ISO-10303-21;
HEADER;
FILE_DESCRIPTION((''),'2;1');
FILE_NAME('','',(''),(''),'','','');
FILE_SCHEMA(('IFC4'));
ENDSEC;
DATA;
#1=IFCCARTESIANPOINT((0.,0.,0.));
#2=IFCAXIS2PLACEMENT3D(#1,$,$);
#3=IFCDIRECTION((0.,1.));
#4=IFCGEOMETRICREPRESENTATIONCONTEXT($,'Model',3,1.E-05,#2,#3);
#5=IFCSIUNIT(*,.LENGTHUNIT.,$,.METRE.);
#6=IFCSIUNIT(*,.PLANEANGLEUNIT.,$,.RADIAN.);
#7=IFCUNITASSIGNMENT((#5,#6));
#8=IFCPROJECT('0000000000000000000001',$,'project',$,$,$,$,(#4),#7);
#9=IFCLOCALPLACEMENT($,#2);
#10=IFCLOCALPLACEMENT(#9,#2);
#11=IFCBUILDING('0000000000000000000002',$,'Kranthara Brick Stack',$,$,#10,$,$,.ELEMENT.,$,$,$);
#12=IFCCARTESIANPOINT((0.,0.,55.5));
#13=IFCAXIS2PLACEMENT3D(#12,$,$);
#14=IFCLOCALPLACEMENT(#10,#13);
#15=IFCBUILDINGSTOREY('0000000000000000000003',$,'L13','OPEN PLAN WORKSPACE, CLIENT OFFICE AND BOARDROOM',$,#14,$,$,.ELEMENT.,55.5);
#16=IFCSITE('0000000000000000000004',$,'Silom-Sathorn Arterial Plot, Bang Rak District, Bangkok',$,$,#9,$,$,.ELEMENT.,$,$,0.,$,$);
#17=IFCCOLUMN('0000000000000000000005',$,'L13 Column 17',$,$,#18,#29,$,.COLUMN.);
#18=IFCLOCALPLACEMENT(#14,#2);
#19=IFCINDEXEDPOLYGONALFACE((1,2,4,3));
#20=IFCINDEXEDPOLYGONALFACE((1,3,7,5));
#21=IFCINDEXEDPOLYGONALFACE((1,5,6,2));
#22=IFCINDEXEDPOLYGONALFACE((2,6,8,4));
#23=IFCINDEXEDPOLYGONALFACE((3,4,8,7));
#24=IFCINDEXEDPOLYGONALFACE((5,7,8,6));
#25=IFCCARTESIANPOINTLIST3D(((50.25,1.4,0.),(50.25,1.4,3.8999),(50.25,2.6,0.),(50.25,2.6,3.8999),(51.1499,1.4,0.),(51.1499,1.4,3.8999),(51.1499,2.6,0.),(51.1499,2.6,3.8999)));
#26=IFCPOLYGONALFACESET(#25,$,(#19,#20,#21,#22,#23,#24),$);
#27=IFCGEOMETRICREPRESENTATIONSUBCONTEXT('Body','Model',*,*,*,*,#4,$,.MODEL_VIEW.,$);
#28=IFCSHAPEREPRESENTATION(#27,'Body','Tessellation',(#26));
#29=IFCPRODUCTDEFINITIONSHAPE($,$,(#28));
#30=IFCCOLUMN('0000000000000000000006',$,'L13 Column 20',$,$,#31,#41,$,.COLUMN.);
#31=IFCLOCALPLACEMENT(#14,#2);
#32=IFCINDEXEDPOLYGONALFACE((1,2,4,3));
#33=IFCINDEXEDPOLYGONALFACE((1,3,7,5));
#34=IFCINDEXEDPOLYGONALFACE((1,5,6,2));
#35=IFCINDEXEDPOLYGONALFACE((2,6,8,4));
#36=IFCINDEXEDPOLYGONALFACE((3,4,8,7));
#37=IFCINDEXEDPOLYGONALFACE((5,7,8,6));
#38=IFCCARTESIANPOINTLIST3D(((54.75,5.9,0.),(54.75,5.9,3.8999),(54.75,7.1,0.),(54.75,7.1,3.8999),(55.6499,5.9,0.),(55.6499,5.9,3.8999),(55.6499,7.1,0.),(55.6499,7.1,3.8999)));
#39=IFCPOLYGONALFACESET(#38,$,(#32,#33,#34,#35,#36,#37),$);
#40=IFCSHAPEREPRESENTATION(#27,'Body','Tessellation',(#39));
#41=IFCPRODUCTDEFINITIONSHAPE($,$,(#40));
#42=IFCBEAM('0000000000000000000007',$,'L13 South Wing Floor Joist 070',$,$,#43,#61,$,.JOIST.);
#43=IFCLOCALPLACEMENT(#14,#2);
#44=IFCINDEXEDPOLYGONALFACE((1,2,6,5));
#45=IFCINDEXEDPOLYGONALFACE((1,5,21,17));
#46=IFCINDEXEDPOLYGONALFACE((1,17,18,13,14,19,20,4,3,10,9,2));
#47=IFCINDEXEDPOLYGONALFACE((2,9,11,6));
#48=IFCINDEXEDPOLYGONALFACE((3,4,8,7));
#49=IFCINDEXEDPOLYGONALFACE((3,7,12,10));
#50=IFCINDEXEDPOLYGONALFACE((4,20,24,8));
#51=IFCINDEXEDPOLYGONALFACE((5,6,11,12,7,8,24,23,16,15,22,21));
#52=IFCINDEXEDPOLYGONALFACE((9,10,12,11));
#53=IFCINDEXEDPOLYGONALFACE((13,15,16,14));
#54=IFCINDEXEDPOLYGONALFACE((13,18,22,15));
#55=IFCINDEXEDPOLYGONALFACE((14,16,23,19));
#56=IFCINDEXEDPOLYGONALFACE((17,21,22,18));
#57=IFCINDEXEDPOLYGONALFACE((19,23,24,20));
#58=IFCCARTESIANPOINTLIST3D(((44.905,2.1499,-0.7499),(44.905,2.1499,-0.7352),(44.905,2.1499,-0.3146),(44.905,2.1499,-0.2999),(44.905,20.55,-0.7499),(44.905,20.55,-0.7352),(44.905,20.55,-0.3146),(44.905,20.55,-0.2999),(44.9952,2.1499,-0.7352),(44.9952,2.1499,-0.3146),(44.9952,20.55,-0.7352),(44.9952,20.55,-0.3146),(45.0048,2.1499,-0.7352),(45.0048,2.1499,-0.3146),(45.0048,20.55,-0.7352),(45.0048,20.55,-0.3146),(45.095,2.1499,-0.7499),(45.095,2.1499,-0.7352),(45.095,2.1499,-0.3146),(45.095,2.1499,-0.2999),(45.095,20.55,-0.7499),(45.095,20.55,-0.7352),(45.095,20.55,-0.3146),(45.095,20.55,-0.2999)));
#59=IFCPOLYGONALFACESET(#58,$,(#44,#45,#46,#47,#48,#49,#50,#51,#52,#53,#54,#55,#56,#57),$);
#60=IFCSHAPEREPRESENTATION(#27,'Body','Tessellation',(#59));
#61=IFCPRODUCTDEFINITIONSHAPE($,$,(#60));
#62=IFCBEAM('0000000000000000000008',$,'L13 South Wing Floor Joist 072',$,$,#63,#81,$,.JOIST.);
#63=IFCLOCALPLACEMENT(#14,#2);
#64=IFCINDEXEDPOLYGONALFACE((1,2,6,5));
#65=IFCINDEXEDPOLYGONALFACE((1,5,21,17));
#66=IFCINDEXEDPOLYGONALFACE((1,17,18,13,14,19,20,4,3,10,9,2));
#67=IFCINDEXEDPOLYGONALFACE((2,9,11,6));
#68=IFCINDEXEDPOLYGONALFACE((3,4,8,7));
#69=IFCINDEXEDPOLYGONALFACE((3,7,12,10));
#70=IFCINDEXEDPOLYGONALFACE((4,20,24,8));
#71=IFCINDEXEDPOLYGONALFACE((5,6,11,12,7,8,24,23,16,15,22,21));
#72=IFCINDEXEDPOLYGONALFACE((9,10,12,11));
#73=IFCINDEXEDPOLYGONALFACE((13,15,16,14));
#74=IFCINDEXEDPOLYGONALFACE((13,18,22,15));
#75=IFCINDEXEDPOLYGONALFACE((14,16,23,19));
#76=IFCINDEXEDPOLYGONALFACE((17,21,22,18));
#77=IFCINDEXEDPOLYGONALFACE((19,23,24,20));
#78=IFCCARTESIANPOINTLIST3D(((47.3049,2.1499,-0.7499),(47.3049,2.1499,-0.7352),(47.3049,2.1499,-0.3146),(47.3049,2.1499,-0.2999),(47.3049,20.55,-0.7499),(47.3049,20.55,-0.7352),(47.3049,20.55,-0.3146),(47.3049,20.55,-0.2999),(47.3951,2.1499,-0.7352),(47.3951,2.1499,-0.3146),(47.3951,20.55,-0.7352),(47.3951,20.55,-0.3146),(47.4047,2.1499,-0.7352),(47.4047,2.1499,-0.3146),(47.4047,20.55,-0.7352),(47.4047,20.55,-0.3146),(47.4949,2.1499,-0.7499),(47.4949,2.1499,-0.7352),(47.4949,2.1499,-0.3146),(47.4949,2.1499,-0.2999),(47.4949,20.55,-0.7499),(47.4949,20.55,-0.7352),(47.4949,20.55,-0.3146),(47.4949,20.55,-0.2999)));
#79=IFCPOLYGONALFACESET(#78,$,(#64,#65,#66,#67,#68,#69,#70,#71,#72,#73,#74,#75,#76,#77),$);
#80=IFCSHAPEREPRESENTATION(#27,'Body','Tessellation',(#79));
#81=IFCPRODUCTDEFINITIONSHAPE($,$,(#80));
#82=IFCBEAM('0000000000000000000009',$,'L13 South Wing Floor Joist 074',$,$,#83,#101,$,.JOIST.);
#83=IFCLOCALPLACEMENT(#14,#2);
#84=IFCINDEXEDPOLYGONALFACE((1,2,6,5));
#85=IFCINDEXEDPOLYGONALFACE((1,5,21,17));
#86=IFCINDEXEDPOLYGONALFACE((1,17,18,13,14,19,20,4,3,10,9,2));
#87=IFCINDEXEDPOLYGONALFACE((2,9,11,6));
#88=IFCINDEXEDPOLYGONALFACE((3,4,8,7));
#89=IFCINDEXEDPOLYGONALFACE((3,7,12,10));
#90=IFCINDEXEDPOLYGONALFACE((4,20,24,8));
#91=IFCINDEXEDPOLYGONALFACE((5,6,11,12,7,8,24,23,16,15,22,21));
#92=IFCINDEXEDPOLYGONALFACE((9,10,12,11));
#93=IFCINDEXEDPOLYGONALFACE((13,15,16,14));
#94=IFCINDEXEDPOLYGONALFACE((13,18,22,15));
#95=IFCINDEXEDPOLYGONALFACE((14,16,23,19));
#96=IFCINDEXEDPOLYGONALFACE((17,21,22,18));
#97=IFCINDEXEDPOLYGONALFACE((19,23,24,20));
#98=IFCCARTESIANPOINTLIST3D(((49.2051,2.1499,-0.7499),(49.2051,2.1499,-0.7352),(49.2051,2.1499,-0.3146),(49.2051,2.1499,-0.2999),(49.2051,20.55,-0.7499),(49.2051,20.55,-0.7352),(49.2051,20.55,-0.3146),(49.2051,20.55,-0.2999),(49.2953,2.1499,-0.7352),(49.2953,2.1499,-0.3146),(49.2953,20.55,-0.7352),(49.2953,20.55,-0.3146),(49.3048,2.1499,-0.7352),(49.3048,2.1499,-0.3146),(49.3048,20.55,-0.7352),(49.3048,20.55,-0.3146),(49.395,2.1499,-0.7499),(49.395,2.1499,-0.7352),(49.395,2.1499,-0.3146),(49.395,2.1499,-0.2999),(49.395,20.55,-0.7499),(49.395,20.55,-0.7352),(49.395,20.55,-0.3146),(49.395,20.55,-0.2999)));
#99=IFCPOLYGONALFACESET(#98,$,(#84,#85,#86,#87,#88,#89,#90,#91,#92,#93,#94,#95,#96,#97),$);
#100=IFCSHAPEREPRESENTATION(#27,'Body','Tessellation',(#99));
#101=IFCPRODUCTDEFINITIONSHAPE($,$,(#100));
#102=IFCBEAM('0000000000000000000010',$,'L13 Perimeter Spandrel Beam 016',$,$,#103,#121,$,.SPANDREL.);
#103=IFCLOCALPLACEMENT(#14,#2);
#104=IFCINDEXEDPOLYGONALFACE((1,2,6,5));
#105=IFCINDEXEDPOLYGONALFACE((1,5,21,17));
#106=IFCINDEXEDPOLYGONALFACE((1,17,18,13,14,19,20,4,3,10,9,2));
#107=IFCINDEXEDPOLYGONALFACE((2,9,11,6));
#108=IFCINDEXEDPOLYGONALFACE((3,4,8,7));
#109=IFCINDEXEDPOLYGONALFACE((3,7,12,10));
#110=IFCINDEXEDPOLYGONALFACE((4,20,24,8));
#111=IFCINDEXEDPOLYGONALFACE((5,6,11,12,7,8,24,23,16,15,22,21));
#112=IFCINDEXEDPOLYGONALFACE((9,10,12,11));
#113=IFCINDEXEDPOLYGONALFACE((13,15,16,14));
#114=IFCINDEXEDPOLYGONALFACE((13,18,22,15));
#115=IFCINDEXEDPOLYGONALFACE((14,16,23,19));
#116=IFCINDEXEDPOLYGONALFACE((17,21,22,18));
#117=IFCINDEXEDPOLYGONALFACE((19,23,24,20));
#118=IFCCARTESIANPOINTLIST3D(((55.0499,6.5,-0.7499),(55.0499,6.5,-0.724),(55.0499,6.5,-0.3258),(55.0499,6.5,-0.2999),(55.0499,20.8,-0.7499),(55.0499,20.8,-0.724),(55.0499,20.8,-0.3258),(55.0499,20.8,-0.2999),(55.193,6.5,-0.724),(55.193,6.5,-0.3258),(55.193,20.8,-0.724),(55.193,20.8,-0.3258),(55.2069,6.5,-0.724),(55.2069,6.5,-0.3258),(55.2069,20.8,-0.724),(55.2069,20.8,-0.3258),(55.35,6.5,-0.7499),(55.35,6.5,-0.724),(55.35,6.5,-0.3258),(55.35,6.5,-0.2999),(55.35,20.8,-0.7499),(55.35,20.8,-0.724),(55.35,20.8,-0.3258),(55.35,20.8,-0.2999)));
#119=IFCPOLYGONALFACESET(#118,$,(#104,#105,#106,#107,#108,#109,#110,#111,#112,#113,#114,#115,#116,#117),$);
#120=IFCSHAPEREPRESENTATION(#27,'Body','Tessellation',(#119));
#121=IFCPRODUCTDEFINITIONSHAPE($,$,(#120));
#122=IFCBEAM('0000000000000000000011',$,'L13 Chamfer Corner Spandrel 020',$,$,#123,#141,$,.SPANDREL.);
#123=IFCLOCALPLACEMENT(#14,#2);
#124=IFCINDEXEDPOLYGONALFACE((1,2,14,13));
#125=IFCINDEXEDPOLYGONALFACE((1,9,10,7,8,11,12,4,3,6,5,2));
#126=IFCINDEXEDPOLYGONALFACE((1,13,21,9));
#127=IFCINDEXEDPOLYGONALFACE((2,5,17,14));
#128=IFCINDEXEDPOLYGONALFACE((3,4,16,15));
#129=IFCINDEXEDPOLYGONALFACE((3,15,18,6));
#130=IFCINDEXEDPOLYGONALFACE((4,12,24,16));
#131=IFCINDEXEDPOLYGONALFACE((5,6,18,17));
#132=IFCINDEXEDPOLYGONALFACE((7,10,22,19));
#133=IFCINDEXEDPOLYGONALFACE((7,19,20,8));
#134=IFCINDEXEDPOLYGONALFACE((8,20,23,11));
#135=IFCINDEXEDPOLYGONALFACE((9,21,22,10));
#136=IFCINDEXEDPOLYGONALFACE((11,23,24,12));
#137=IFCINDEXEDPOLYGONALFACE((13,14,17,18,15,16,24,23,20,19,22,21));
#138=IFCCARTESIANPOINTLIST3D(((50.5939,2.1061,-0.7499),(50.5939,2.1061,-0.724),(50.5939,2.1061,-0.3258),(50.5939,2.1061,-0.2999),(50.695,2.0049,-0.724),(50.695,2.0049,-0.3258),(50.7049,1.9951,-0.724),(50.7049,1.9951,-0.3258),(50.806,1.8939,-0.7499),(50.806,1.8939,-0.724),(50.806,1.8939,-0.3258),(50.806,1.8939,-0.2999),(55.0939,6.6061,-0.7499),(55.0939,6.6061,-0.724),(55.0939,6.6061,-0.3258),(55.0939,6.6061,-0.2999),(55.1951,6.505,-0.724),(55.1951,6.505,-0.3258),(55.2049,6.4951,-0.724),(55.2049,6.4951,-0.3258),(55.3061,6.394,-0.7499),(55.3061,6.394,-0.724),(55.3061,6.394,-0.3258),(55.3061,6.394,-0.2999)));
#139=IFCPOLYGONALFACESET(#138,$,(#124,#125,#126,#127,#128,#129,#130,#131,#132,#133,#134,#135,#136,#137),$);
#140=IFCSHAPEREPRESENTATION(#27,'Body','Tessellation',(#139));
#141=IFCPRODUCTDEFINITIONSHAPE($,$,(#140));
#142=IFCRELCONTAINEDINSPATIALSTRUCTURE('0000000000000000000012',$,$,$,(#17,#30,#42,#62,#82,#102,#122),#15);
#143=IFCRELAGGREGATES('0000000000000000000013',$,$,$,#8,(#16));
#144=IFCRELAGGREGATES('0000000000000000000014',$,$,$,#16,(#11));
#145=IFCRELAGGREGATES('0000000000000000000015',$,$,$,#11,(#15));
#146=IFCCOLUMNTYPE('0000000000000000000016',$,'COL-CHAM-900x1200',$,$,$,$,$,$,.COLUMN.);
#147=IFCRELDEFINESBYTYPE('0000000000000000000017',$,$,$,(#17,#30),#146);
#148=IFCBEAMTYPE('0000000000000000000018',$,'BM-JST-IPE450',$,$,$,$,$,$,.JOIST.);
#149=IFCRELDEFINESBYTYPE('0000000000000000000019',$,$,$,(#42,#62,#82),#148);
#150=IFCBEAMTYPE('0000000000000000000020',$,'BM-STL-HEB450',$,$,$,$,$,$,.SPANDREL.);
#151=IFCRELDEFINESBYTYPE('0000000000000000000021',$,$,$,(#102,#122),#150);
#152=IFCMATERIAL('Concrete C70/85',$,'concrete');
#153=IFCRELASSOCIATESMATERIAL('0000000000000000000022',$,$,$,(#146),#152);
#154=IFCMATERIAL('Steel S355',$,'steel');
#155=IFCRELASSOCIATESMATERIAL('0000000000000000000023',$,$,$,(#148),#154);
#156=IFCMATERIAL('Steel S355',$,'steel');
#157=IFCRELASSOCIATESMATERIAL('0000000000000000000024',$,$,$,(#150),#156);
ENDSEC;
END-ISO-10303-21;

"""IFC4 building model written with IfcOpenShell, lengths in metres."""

from ifc_helpers import new_model, si_unit, direction, frame, origin, origin_2d, place, context, subcontext, project, spatial, rectangle, i_section, extrude, material, material_profile, profile_set, type_object, element, save


model = new_model("IFC4")

# Units and contexts
model_context = context("Model", 3, precision=1e-05, world=origin(), true_north=direction((0.0, 1.0)))
body_context = subcontext(model_context, "Body", "Model", "MODEL_VIEW")
ifc_project = project(units=[si_unit("LENGTHUNIT", "METRE"), si_unit("PLANEANGLEUNIT", "RADIAN")], contexts=[model_context])

# Site, building, storey
site_placement = place(None, origin())
site = spatial("IfcSite", under=ifc_project, at=site_placement, Name="Silom-Sathorn Arterial Plot, Bang Rak District, Bangkok", CompositionType="ELEMENT", RefElevation=0.0)
building_placement = place(site_placement, origin())
building = spatial("IfcBuilding", under=site, at=building_placement, Name="Kranthara Brick Stack", CompositionType="ELEMENT")
storey_placement = place(building_placement, frame((0.0, 0.0, 55.5)))
storey = spatial("IfcBuildingStorey", under=building, at=storey_placement, Name="L13", Description="OPEN PLAN WORKSPACE, CLIENT OFFICE AND BOARDROOM", CompositionType="ELEMENT", Elevation=55.5)

# Columns
ifc_material_1 = material(Name="Concrete C70/85", Category="concrete")
ifc_material_profile_1 = material_profile(ifc_material_1, rectangle(XDim=0.8999, YDim=1.2, at=origin_2d()), Name="RC 900x1200")
ifc_profile_set_1 = profile_set([ifc_material_profile_1], Name="Concrete C70/85")
column_type = type_object("IfcColumnType", Name="COL-CHAM-900x1200", PredefinedType="COLUMN", material=ifc_profile_set_1)
for number, where, z_axis, x_axis, name in (
    (1, (50.7, 2.0, 0.0), (0.0, 0.0, 1.0), (1.0, 0.0, 0.0), "L13 Column 17"),
    (2, (55.2, 6.5, 0.0), (0.0, 0.0, 1.0), (1.0, 0.0, 0.0), "L13 Column 20"),
):
    element("IfcColumn", number, at=place(storey_placement, frame(where, z_axis=z_axis, x_axis=x_axis)), inside=storey, type_object=column_type, Name=name, PredefinedType="COLUMN", context=body_context, shape_type="SweptSolid", body=[
        extrude(rectangle(XDim=0.8999, YDim=1.2, at=origin_2d()), origin(), (0.0, 0.0, 1.0), 3.8999),
    ])

# Beams
ifc_material_2 = material(Name="Steel S355", Category="steel")
ifc_material_profile_2 = material_profile(ifc_material_2, i_section(OverallWidth=0.1899, OverallDepth=0.45, WebThickness=0.0095, FlangeThickness=0.0146, at=origin_2d()), Name="IPE 450")
ifc_profile_set_2 = profile_set([ifc_material_profile_2], Name="Steel S355")
beam_type_1 = type_object("IfcBeamType", Name="BM-JST-IPE450", PredefinedType="JOIST", material=ifc_profile_set_2)
for number, where, z_axis, x_axis, name in (
    (3, (45.0, 2.1499, -0.5249), (0.0, 1.0, 0.0), (-1.0, 0.0, 0.0), "L13 South Wing Floor Joist 070"),
    (4, (47.3999, 2.1499, -0.5249), (0.0, 1.0, 0.0), (-1.0, 0.0, 0.0), "L13 South Wing Floor Joist 072"),
    (5, (49.3, 2.1499, -0.5249), (0.0, 1.0, 0.0), (-1.0, 0.0, 0.0), "L13 South Wing Floor Joist 074"),
):
    element("IfcBeam", number, at=place(storey_placement, frame(where, z_axis=z_axis, x_axis=x_axis)), inside=storey, type_object=beam_type_1, Name=name, PredefinedType="JOIST", context=body_context, shape_type="SweptSolid", body=[
        extrude(i_section(OverallWidth=0.1899, OverallDepth=0.45, WebThickness=0.0095, FlangeThickness=0.0146, at=origin_2d()), origin(), (0.0, 0.0, 1.0), 18.4001),
    ])
ifc_material_3 = material(Name="Steel S355", Category="steel")
ifc_material_profile_3 = material_profile(ifc_material_3, i_section(OverallWidth=0.3, OverallDepth=0.45, WebThickness=0.0139, FlangeThickness=0.0259, at=origin_2d()), Name="HEB 450")
ifc_profile_set_3 = profile_set([ifc_material_profile_3], Name="Steel S355")
beam_type_2 = type_object("IfcBeamType", Name="BM-STL-HEB450", PredefinedType="SPANDREL", material=ifc_profile_set_3)
beam_1_placement = place(storey_placement, frame((55.2, 6.5, -0.5249), z_axis=(0.0, 1.0, 0.0), x_axis=(-1.0, 0.0, 0.0)))
element("IfcBeam", 6, at=beam_1_placement, inside=storey, type_object=beam_type_2, Name="L13 Perimeter Spandrel Beam 016", PredefinedType="SPANDREL", context=body_context, shape_type="SweptSolid", body=[
    extrude(i_section(OverallWidth=0.3, OverallDepth=0.45, WebThickness=0.0139, FlangeThickness=0.0259, at=origin_2d()), origin(), (0.0, 0.0, 1.0), 14.3),
])
beam_2_placement = place(storey_placement, frame((50.7, 2.0, -0.5249), z_axis=(0.707107, 0.707107, 0.0), x_axis=(-0.707107, 0.707107, 0.0)))
element("IfcBeam", 7, at=beam_2_placement, inside=storey, type_object=beam_type_2, Name="L13 Chamfer Corner Spandrel 020", PredefinedType="SPANDREL", context=body_context, shape_type="SweptSolid", body=[
    extrude(i_section(OverallWidth=0.3, OverallDepth=0.45, WebThickness=0.0139, FlangeThickness=0.0259, at=origin_2d()), origin(), (0.0, 0.0, 1.0), 6.364),
])

save(model, "model.ifc")
